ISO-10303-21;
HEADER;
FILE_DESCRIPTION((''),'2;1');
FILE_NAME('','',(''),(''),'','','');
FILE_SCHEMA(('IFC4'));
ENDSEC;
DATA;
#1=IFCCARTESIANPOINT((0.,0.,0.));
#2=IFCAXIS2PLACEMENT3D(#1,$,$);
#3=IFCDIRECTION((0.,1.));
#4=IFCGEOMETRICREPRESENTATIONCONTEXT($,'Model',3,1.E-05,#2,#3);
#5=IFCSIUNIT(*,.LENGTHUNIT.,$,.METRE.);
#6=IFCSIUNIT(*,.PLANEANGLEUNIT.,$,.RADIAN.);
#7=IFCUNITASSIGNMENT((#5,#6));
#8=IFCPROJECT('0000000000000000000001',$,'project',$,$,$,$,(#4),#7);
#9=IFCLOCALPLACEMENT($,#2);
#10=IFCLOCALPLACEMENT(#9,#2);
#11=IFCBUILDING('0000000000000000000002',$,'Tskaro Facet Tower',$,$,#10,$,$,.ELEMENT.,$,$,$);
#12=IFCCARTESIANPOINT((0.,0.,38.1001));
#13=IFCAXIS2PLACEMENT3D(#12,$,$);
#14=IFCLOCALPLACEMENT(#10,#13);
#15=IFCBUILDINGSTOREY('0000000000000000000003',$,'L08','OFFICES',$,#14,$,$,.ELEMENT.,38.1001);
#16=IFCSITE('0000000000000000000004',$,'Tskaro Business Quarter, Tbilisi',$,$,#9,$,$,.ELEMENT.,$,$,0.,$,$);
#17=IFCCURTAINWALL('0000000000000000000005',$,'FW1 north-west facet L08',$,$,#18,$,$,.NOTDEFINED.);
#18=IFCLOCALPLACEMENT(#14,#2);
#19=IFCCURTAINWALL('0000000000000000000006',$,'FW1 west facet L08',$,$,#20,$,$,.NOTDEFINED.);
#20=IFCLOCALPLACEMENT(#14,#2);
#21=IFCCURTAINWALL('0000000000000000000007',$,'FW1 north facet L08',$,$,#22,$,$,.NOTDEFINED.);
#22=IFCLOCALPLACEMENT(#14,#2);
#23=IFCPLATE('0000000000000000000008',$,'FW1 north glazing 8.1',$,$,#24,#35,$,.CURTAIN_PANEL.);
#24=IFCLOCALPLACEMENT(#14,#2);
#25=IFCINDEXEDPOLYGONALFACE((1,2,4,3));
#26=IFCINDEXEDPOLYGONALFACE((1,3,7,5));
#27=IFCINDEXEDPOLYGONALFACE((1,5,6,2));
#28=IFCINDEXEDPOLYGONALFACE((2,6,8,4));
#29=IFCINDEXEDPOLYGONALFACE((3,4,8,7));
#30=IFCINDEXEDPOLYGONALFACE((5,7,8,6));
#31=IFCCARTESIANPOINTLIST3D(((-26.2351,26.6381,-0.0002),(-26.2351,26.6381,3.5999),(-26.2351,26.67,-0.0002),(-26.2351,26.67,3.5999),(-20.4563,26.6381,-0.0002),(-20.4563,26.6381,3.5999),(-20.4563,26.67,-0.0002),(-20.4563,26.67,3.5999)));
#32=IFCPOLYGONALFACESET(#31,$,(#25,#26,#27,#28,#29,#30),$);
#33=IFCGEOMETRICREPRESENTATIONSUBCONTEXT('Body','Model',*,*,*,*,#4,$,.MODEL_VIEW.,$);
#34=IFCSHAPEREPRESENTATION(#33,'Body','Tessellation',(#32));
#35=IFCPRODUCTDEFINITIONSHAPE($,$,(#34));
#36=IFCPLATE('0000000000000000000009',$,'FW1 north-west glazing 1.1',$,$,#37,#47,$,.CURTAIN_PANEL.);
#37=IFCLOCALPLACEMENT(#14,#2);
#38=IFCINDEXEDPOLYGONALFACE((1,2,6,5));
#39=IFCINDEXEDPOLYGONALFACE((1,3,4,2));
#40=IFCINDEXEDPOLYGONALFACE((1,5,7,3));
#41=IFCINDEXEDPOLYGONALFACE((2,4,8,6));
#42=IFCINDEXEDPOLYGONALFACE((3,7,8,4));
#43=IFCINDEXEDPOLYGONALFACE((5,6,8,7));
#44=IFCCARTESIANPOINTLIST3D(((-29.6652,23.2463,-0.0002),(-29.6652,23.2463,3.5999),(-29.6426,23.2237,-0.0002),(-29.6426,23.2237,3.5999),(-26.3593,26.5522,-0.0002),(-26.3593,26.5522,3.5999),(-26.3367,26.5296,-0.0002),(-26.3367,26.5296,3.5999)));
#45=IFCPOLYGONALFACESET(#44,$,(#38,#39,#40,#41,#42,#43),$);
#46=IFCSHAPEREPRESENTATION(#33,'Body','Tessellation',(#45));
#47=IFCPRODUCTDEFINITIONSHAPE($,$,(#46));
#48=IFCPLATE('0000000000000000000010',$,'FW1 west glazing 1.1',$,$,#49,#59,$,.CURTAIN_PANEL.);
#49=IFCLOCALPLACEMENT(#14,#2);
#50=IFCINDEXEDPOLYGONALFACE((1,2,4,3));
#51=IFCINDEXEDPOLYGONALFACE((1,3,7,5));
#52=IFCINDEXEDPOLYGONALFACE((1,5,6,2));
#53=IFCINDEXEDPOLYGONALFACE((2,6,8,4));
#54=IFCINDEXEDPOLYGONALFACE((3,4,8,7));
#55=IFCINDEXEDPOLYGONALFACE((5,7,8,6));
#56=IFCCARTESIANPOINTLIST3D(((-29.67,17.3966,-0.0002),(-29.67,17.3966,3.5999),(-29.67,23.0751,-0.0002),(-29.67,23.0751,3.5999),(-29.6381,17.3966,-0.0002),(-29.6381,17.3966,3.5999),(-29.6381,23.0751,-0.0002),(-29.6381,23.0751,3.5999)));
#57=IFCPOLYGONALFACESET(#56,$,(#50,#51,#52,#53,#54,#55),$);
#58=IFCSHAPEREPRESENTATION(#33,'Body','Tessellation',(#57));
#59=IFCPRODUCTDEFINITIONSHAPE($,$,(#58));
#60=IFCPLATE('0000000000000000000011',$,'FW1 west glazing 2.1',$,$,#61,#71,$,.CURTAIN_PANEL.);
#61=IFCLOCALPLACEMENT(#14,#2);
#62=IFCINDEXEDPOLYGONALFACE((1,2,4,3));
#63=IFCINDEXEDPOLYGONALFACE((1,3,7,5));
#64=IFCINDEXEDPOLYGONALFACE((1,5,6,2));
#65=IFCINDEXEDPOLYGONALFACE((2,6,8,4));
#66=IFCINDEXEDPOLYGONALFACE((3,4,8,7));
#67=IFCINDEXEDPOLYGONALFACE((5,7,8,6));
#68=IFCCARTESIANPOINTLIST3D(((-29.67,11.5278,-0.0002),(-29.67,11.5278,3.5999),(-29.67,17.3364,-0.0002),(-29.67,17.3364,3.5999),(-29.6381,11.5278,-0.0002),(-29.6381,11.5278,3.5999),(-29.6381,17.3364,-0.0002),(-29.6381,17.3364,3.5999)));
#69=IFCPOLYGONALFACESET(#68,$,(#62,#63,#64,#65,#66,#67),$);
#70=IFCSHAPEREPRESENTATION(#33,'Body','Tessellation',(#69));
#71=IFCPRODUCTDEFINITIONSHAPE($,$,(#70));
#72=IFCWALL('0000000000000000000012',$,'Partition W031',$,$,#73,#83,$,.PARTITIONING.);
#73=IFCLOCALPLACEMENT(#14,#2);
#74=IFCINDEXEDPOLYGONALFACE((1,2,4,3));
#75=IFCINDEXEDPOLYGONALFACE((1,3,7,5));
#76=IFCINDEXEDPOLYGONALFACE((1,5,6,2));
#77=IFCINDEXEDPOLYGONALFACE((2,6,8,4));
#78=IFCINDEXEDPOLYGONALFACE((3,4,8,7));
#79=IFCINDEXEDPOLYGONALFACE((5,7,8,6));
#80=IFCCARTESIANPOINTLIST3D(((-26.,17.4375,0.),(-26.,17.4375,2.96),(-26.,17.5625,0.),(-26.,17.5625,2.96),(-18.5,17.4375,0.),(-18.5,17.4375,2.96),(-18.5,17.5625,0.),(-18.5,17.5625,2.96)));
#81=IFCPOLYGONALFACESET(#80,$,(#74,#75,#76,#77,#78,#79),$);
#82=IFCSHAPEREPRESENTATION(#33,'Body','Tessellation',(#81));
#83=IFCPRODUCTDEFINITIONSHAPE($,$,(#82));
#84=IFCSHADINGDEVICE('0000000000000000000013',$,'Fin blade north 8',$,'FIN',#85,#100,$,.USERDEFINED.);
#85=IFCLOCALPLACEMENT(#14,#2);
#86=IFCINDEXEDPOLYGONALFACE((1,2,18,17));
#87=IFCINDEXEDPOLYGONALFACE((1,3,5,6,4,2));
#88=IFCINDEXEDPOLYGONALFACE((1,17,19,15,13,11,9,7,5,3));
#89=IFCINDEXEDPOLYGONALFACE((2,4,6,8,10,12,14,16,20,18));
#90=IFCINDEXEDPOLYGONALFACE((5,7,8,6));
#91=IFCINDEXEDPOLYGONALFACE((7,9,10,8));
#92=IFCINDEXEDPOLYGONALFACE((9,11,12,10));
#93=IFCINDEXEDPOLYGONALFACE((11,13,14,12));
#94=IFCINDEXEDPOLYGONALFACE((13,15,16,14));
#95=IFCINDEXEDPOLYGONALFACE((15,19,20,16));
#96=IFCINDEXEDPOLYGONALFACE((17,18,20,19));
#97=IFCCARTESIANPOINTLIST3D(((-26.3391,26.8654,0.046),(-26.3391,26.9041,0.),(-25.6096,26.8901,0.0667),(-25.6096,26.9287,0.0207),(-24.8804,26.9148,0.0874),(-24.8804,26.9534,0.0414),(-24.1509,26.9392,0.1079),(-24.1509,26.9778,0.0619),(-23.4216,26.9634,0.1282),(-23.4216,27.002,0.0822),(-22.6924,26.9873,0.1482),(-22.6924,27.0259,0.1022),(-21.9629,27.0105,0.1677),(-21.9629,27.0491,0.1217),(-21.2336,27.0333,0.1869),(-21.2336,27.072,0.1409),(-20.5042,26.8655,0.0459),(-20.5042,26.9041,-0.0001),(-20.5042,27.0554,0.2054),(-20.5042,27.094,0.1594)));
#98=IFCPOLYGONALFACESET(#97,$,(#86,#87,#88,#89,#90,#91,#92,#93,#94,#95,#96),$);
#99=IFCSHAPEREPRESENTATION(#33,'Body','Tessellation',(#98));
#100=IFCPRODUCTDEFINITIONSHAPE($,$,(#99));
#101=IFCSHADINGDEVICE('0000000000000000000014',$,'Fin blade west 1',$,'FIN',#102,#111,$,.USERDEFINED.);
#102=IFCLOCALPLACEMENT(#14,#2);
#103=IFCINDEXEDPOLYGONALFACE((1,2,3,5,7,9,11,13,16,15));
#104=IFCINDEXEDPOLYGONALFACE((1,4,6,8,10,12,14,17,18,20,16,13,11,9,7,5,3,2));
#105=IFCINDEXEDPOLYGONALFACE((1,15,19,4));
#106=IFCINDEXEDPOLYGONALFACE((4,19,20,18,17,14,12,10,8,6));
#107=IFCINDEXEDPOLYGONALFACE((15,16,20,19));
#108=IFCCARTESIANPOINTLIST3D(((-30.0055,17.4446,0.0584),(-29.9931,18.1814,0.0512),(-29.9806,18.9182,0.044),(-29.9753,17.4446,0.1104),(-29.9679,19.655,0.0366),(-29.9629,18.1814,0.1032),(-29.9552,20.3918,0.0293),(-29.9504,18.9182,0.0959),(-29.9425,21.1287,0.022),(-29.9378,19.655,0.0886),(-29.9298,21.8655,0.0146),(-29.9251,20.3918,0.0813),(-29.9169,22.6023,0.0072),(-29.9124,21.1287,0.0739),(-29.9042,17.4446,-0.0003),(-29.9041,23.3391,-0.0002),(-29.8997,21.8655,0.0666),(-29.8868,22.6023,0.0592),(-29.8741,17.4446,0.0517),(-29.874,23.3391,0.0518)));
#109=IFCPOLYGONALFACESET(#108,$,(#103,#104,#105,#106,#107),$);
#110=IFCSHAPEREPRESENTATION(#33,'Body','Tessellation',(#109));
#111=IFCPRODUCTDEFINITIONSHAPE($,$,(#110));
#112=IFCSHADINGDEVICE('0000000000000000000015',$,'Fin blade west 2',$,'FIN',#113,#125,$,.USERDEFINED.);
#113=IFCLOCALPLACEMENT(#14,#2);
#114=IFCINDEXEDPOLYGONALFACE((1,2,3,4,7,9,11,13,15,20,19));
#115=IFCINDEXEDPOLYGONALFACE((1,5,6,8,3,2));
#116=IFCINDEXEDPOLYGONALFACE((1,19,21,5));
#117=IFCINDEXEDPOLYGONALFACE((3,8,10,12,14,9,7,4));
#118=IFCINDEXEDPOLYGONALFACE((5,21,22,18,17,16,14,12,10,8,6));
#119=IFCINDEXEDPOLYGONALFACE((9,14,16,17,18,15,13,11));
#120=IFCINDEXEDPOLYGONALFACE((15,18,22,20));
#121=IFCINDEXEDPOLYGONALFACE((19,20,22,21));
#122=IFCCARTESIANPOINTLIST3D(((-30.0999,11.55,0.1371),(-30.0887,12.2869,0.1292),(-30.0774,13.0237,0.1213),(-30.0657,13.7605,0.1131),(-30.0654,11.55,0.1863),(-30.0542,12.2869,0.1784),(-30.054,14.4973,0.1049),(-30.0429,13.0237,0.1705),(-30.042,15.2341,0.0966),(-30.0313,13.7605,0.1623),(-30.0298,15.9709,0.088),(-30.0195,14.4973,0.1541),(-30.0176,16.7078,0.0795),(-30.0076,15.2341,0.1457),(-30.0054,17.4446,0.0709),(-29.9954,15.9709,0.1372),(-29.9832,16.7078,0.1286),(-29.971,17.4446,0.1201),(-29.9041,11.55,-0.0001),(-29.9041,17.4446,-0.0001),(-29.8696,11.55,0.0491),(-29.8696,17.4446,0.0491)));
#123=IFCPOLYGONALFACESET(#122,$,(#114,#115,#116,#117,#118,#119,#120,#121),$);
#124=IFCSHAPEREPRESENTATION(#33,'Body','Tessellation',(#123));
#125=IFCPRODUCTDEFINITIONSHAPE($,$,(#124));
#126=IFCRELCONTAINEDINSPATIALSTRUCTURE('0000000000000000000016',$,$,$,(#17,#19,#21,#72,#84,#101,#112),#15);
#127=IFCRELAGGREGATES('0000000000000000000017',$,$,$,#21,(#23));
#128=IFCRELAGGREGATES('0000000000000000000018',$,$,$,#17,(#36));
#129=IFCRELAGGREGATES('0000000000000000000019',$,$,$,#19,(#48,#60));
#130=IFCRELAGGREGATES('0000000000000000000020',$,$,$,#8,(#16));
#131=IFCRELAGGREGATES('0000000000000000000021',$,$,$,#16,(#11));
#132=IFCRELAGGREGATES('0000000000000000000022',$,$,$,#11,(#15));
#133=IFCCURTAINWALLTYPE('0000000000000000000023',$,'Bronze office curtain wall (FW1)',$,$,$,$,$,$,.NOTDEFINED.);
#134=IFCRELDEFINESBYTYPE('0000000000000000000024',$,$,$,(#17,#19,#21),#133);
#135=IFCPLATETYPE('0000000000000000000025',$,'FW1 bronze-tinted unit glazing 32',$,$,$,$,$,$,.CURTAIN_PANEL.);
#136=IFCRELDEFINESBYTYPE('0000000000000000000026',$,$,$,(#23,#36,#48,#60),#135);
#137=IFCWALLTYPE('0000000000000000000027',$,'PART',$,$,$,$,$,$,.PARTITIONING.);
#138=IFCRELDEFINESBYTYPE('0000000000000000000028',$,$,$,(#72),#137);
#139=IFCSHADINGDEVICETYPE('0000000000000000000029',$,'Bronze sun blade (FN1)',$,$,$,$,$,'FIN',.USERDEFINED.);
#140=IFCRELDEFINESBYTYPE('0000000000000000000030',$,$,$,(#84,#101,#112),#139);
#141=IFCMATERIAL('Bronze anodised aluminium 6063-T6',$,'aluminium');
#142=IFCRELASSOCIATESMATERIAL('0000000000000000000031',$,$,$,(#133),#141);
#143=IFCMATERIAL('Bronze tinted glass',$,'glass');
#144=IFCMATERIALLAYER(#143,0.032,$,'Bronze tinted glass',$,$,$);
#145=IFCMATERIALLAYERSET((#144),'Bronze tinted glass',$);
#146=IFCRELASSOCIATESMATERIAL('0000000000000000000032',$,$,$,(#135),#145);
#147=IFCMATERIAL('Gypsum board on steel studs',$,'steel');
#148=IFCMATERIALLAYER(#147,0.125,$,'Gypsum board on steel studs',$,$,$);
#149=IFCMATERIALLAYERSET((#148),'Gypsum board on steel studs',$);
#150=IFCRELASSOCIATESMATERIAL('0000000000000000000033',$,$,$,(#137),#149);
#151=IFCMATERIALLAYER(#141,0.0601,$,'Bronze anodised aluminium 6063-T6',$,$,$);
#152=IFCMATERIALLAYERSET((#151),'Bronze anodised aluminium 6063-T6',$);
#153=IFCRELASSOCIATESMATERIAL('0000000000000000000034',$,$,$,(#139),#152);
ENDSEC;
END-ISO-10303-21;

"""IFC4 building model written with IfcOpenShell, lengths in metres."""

from ifc_helpers import new_model, si_unit, direction, frame, frame_2d, origin, origin_2d, place, context, subcontext, project, spatial, polyline, rectangle, outline, extrude, material, layer, layer_set, type_object, element, aggregate, save


model = new_model("IFC4")

# Units and contexts
model_context = context("Model", 3, precision=1e-05, world=origin(), true_north=direction((0.0, 1.0)))
body_context = subcontext(model_context, "Body", "Model", "MODEL_VIEW")
ifc_project = project(units=[si_unit("LENGTHUNIT", "METRE"), si_unit("PLANEANGLEUNIT", "RADIAN")], contexts=[model_context])

# Site, building, storey
site_placement = place(None, origin())
site = spatial("IfcSite", under=ifc_project, at=site_placement, Name="Tskaro Business Quarter, Tbilisi", CompositionType="ELEMENT", RefElevation=0.0)
building_placement = place(site_placement, origin())
building = spatial("IfcBuilding", under=site, at=building_placement, Name="Tskaro Facet Tower", CompositionType="ELEMENT")
storey_placement = place(building_placement, frame((0.0, 0.0, 38.1001)))
storey = spatial("IfcBuildingStorey", under=building, at=storey_placement, Name="L08", Description="OFFICES", CompositionType="ELEMENT", Elevation=38.1001)

# Curtain walls
ifc_material_1 = material(Name="Bronze anodised aluminium 6063-T6", Category="aluminium")
curtain_wall_type = type_object("IfcCurtainWallType", Name="Bronze office curtain wall (FW1)", PredefinedType="NOTDEFINED", material=ifc_material_1)
curtain_wall_1_placement = place(storey_placement, origin())
curtain_wall_1 = element("IfcCurtainWall", 1, at=curtain_wall_1_placement, inside=storey, type_object=curtain_wall_type, Name="FW1 north-west facet L08", PredefinedType="NOTDEFINED")
curtain_wall_2_placement = place(storey_placement, origin())
curtain_wall_2 = element("IfcCurtainWall", 2, at=curtain_wall_2_placement, inside=storey, type_object=curtain_wall_type, Name="FW1 west facet L08", PredefinedType="NOTDEFINED")
curtain_wall_3_placement = place(storey_placement, origin())
curtain_wall_3 = element("IfcCurtainWall", 3, at=curtain_wall_3_placement, inside=storey, type_object=curtain_wall_type, Name="FW1 north facet L08", PredefinedType="NOTDEFINED")

# Plates
ifc_material_2 = material(Name="Bronze tinted glass", Category="glass")
ifc_layer_1 = layer(ifc_material_2, 0.032, Name="Bronze tinted glass")
ifc_layer_set_1 = layer_set([ifc_layer_1], Name="Bronze tinted glass")
plate_type = type_object("IfcPlateType", Name="FW1 bronze-tinted unit glazing 32", PredefinedType="CURTAIN_PANEL", material=ifc_layer_set_1)
plate_1_placement = place(storey_placement, frame((-23.3457, 26.6541, -0.0002), z_axis=(0.0, 0.0, 1.0), x_axis=(-1.0, 0.0, 0.0)))
plate_1 = element("IfcPlate", 4, at=plate_1_placement, type_object=plate_type, Name="FW1 north glazing 8.1", PredefinedType="CURTAIN_PANEL", context=body_context, shape_type="SweptSolid", body=[
    extrude(rectangle(XDim=5.7788, YDim=0.032, at=origin_2d()), origin(), (0.0, 0.0, 1.0), 3.6001),
])
aggregate(curtain_wall_3, [plate_1])
plate_2_placement = place(storey_placement, frame((-28.001, 24.8879, -0.0002), z_axis=(0.0, 0.0, 1.0), x_axis=(-0.707107, -0.707107, 0.0)))
plate_2 = element("IfcPlate", 5, at=plate_2_placement, type_object=plate_type, Name="FW1 north-west glazing 1.1", PredefinedType="CURTAIN_PANEL", context=body_context, shape_type="SweptSolid", body=[
    extrude(rectangle(XDim=4.6753, YDim=0.032, at=origin_2d()), origin(), (0.0, 0.0, 1.0), 3.6001),
])
aggregate(curtain_wall_1, [plate_2])
plate_3_placement = place(storey_placement, frame((-29.6541, 20.2358, -0.0002), z_axis=(0.0, 0.0, 1.0), x_axis=(0.0, -1.0, 0.0)))
plate_3 = element("IfcPlate", 6, at=plate_3_placement, type_object=plate_type, Name="FW1 west glazing 1.1", PredefinedType="CURTAIN_PANEL", context=body_context, shape_type="SweptSolid", body=[
    extrude(rectangle(XDim=5.6785, YDim=0.032, at=origin_2d()), origin(), (0.0, 0.0, 1.0), 3.6001),
])
plate_4_placement = place(storey_placement, frame((-29.6541, 14.4321, -0.0002), z_axis=(0.0, 0.0, 1.0), x_axis=(0.0, -1.0, 0.0)))
plate_4 = element("IfcPlate", 7, at=plate_4_placement, type_object=plate_type, Name="FW1 west glazing 2.1", PredefinedType="CURTAIN_PANEL", context=body_context, shape_type="SweptSolid", body=[
    extrude(rectangle(XDim=5.8086, YDim=0.032, at=origin_2d()), origin(), (0.0, 0.0, 1.0), 3.6001),
])
aggregate(curtain_wall_2, [plate_3, plate_4])

# Wall
ifc_material_3 = material(Name="Gypsum board on steel studs", Category="steel")
ifc_layer_2 = layer(ifc_material_3, 0.125, Name="Gypsum board on steel studs")
ifc_layer_set_2 = layer_set([ifc_layer_2], Name="Gypsum board on steel studs")
wall_type = type_object("IfcWallType", Name="PART", PredefinedType="PARTITIONING", material=ifc_layer_set_2)
wall_placement = place(storey_placement, frame((-26.0, 17.5, 0.0), z_axis=(0.0, 0.0, 1.0), x_axis=(1.0, 0.0, 0.0)))
element("IfcWall", 8, at=wall_placement, inside=storey, type_object=wall_type, Name="Partition W031", PredefinedType="PARTITIONING", context=body_context, shape_type="SweptSolid", body=[
    extrude(rectangle(XDim=7.5, YDim=0.125, at=frame_2d((3.75, 0.0))), origin(), (0.0, 0.0, 1.0), 2.96),
])

# Shading devices
ifc_layer_3 = layer(ifc_material_1, 0.0601, Name="Bronze anodised aluminium 6063-T6")
ifc_layer_set_3 = layer_set([ifc_layer_3], Name="Bronze anodised aluminium 6063-T6")
shading_device_type = type_object("IfcShadingDeviceType", Name="Bronze sun blade (FN1)", ElementType="FIN", PredefinedType="USERDEFINED", material=ifc_layer_set_3)
shading_device_1_placement = place(storey_placement, frame((-20.5042, 26.8655, 0.0459), z_axis=(0.000014, -0.643144, 0.765745), x_axis=(-1.0, -0.000009, 0.000011)))
element("IfcShadingDevice", 9, at=shading_device_1_placement, inside=storey, type_object=shading_device_type, Name="Fin blade north 8", ObjectType="FIN", PredefinedType="USERDEFINED", context=body_context, shape_type="SweptSolid", body=[
    extrude(outline(polyline([(0.0, 0.0), (5.835, 0.0), (5.1055, -0.0322), (4.3762, -0.0645), (3.6467, -0.0963), (2.9175, -0.1279), (2.1882, -0.1591), (1.4587, -0.1894), (0.7295, -0.2192), (0.0, -0.248), (0.0, 0.0)])), origin(), (0.0, 0.0, -1.0), 0.0601),
])
shading_device_2_placement = place(storey_placement, frame((-29.874, 23.3391, 0.0518), z_axis=(0.501435, -0.000019, 0.865195), x_axis=(-0.000009, -1.0, -0.000016)))
element("IfcShadingDevice", 10, at=shading_device_2_placement, inside=storey, type_object=shading_device_type, Name="Fin blade west 1", ObjectType="FIN", PredefinedType="USERDEFINED", context=body_context, shape_type="SweptSolid", body=[
    extrude(outline(polyline([(0.0, 0.0), (5.8945, 0.0), (5.8945, -0.117), (5.1577, -0.1027), (4.4209, -0.0883), (3.6841, -0.0736), (2.9473, -0.059), (2.2104, -0.0443), (1.4736, -0.0296), (0.7368, -0.0148), (0.0, 0.0)])), origin(), (0.0, 0.0, -1.0), 0.0601),
])
shading_device_3_placement = place(storey_placement, frame((-29.8696, 17.4446, 0.0491), z_axis=(0.573872, -0.000002, 0.818945), x_axis=(-0.000001, -1.0, -0.000002)))
element("IfcShadingDevice", 11, at=shading_device_3_placement, inside=storey, type_object=shading_device_type, Name="Fin blade west 2", ObjectType="FIN", PredefinedType="USERDEFINED", context=body_context, shape_type="SweptSolid", body=[
    extrude(outline(polyline([(0.0, 0.0), (5.8945, 0.0), (5.8945, -0.2391), (5.1577, -0.2254), (4.4209, -0.2116), (3.6841, -0.1974), (2.9473, -0.183), (2.2104, -0.1684), (1.4736, -0.1535), (0.7368, -0.1386), (0.0, -0.1237), (0.0, 0.0)])), origin(), (0.0, 0.0, -1.0), 0.0601),
])

save(model, "model.ifc")
